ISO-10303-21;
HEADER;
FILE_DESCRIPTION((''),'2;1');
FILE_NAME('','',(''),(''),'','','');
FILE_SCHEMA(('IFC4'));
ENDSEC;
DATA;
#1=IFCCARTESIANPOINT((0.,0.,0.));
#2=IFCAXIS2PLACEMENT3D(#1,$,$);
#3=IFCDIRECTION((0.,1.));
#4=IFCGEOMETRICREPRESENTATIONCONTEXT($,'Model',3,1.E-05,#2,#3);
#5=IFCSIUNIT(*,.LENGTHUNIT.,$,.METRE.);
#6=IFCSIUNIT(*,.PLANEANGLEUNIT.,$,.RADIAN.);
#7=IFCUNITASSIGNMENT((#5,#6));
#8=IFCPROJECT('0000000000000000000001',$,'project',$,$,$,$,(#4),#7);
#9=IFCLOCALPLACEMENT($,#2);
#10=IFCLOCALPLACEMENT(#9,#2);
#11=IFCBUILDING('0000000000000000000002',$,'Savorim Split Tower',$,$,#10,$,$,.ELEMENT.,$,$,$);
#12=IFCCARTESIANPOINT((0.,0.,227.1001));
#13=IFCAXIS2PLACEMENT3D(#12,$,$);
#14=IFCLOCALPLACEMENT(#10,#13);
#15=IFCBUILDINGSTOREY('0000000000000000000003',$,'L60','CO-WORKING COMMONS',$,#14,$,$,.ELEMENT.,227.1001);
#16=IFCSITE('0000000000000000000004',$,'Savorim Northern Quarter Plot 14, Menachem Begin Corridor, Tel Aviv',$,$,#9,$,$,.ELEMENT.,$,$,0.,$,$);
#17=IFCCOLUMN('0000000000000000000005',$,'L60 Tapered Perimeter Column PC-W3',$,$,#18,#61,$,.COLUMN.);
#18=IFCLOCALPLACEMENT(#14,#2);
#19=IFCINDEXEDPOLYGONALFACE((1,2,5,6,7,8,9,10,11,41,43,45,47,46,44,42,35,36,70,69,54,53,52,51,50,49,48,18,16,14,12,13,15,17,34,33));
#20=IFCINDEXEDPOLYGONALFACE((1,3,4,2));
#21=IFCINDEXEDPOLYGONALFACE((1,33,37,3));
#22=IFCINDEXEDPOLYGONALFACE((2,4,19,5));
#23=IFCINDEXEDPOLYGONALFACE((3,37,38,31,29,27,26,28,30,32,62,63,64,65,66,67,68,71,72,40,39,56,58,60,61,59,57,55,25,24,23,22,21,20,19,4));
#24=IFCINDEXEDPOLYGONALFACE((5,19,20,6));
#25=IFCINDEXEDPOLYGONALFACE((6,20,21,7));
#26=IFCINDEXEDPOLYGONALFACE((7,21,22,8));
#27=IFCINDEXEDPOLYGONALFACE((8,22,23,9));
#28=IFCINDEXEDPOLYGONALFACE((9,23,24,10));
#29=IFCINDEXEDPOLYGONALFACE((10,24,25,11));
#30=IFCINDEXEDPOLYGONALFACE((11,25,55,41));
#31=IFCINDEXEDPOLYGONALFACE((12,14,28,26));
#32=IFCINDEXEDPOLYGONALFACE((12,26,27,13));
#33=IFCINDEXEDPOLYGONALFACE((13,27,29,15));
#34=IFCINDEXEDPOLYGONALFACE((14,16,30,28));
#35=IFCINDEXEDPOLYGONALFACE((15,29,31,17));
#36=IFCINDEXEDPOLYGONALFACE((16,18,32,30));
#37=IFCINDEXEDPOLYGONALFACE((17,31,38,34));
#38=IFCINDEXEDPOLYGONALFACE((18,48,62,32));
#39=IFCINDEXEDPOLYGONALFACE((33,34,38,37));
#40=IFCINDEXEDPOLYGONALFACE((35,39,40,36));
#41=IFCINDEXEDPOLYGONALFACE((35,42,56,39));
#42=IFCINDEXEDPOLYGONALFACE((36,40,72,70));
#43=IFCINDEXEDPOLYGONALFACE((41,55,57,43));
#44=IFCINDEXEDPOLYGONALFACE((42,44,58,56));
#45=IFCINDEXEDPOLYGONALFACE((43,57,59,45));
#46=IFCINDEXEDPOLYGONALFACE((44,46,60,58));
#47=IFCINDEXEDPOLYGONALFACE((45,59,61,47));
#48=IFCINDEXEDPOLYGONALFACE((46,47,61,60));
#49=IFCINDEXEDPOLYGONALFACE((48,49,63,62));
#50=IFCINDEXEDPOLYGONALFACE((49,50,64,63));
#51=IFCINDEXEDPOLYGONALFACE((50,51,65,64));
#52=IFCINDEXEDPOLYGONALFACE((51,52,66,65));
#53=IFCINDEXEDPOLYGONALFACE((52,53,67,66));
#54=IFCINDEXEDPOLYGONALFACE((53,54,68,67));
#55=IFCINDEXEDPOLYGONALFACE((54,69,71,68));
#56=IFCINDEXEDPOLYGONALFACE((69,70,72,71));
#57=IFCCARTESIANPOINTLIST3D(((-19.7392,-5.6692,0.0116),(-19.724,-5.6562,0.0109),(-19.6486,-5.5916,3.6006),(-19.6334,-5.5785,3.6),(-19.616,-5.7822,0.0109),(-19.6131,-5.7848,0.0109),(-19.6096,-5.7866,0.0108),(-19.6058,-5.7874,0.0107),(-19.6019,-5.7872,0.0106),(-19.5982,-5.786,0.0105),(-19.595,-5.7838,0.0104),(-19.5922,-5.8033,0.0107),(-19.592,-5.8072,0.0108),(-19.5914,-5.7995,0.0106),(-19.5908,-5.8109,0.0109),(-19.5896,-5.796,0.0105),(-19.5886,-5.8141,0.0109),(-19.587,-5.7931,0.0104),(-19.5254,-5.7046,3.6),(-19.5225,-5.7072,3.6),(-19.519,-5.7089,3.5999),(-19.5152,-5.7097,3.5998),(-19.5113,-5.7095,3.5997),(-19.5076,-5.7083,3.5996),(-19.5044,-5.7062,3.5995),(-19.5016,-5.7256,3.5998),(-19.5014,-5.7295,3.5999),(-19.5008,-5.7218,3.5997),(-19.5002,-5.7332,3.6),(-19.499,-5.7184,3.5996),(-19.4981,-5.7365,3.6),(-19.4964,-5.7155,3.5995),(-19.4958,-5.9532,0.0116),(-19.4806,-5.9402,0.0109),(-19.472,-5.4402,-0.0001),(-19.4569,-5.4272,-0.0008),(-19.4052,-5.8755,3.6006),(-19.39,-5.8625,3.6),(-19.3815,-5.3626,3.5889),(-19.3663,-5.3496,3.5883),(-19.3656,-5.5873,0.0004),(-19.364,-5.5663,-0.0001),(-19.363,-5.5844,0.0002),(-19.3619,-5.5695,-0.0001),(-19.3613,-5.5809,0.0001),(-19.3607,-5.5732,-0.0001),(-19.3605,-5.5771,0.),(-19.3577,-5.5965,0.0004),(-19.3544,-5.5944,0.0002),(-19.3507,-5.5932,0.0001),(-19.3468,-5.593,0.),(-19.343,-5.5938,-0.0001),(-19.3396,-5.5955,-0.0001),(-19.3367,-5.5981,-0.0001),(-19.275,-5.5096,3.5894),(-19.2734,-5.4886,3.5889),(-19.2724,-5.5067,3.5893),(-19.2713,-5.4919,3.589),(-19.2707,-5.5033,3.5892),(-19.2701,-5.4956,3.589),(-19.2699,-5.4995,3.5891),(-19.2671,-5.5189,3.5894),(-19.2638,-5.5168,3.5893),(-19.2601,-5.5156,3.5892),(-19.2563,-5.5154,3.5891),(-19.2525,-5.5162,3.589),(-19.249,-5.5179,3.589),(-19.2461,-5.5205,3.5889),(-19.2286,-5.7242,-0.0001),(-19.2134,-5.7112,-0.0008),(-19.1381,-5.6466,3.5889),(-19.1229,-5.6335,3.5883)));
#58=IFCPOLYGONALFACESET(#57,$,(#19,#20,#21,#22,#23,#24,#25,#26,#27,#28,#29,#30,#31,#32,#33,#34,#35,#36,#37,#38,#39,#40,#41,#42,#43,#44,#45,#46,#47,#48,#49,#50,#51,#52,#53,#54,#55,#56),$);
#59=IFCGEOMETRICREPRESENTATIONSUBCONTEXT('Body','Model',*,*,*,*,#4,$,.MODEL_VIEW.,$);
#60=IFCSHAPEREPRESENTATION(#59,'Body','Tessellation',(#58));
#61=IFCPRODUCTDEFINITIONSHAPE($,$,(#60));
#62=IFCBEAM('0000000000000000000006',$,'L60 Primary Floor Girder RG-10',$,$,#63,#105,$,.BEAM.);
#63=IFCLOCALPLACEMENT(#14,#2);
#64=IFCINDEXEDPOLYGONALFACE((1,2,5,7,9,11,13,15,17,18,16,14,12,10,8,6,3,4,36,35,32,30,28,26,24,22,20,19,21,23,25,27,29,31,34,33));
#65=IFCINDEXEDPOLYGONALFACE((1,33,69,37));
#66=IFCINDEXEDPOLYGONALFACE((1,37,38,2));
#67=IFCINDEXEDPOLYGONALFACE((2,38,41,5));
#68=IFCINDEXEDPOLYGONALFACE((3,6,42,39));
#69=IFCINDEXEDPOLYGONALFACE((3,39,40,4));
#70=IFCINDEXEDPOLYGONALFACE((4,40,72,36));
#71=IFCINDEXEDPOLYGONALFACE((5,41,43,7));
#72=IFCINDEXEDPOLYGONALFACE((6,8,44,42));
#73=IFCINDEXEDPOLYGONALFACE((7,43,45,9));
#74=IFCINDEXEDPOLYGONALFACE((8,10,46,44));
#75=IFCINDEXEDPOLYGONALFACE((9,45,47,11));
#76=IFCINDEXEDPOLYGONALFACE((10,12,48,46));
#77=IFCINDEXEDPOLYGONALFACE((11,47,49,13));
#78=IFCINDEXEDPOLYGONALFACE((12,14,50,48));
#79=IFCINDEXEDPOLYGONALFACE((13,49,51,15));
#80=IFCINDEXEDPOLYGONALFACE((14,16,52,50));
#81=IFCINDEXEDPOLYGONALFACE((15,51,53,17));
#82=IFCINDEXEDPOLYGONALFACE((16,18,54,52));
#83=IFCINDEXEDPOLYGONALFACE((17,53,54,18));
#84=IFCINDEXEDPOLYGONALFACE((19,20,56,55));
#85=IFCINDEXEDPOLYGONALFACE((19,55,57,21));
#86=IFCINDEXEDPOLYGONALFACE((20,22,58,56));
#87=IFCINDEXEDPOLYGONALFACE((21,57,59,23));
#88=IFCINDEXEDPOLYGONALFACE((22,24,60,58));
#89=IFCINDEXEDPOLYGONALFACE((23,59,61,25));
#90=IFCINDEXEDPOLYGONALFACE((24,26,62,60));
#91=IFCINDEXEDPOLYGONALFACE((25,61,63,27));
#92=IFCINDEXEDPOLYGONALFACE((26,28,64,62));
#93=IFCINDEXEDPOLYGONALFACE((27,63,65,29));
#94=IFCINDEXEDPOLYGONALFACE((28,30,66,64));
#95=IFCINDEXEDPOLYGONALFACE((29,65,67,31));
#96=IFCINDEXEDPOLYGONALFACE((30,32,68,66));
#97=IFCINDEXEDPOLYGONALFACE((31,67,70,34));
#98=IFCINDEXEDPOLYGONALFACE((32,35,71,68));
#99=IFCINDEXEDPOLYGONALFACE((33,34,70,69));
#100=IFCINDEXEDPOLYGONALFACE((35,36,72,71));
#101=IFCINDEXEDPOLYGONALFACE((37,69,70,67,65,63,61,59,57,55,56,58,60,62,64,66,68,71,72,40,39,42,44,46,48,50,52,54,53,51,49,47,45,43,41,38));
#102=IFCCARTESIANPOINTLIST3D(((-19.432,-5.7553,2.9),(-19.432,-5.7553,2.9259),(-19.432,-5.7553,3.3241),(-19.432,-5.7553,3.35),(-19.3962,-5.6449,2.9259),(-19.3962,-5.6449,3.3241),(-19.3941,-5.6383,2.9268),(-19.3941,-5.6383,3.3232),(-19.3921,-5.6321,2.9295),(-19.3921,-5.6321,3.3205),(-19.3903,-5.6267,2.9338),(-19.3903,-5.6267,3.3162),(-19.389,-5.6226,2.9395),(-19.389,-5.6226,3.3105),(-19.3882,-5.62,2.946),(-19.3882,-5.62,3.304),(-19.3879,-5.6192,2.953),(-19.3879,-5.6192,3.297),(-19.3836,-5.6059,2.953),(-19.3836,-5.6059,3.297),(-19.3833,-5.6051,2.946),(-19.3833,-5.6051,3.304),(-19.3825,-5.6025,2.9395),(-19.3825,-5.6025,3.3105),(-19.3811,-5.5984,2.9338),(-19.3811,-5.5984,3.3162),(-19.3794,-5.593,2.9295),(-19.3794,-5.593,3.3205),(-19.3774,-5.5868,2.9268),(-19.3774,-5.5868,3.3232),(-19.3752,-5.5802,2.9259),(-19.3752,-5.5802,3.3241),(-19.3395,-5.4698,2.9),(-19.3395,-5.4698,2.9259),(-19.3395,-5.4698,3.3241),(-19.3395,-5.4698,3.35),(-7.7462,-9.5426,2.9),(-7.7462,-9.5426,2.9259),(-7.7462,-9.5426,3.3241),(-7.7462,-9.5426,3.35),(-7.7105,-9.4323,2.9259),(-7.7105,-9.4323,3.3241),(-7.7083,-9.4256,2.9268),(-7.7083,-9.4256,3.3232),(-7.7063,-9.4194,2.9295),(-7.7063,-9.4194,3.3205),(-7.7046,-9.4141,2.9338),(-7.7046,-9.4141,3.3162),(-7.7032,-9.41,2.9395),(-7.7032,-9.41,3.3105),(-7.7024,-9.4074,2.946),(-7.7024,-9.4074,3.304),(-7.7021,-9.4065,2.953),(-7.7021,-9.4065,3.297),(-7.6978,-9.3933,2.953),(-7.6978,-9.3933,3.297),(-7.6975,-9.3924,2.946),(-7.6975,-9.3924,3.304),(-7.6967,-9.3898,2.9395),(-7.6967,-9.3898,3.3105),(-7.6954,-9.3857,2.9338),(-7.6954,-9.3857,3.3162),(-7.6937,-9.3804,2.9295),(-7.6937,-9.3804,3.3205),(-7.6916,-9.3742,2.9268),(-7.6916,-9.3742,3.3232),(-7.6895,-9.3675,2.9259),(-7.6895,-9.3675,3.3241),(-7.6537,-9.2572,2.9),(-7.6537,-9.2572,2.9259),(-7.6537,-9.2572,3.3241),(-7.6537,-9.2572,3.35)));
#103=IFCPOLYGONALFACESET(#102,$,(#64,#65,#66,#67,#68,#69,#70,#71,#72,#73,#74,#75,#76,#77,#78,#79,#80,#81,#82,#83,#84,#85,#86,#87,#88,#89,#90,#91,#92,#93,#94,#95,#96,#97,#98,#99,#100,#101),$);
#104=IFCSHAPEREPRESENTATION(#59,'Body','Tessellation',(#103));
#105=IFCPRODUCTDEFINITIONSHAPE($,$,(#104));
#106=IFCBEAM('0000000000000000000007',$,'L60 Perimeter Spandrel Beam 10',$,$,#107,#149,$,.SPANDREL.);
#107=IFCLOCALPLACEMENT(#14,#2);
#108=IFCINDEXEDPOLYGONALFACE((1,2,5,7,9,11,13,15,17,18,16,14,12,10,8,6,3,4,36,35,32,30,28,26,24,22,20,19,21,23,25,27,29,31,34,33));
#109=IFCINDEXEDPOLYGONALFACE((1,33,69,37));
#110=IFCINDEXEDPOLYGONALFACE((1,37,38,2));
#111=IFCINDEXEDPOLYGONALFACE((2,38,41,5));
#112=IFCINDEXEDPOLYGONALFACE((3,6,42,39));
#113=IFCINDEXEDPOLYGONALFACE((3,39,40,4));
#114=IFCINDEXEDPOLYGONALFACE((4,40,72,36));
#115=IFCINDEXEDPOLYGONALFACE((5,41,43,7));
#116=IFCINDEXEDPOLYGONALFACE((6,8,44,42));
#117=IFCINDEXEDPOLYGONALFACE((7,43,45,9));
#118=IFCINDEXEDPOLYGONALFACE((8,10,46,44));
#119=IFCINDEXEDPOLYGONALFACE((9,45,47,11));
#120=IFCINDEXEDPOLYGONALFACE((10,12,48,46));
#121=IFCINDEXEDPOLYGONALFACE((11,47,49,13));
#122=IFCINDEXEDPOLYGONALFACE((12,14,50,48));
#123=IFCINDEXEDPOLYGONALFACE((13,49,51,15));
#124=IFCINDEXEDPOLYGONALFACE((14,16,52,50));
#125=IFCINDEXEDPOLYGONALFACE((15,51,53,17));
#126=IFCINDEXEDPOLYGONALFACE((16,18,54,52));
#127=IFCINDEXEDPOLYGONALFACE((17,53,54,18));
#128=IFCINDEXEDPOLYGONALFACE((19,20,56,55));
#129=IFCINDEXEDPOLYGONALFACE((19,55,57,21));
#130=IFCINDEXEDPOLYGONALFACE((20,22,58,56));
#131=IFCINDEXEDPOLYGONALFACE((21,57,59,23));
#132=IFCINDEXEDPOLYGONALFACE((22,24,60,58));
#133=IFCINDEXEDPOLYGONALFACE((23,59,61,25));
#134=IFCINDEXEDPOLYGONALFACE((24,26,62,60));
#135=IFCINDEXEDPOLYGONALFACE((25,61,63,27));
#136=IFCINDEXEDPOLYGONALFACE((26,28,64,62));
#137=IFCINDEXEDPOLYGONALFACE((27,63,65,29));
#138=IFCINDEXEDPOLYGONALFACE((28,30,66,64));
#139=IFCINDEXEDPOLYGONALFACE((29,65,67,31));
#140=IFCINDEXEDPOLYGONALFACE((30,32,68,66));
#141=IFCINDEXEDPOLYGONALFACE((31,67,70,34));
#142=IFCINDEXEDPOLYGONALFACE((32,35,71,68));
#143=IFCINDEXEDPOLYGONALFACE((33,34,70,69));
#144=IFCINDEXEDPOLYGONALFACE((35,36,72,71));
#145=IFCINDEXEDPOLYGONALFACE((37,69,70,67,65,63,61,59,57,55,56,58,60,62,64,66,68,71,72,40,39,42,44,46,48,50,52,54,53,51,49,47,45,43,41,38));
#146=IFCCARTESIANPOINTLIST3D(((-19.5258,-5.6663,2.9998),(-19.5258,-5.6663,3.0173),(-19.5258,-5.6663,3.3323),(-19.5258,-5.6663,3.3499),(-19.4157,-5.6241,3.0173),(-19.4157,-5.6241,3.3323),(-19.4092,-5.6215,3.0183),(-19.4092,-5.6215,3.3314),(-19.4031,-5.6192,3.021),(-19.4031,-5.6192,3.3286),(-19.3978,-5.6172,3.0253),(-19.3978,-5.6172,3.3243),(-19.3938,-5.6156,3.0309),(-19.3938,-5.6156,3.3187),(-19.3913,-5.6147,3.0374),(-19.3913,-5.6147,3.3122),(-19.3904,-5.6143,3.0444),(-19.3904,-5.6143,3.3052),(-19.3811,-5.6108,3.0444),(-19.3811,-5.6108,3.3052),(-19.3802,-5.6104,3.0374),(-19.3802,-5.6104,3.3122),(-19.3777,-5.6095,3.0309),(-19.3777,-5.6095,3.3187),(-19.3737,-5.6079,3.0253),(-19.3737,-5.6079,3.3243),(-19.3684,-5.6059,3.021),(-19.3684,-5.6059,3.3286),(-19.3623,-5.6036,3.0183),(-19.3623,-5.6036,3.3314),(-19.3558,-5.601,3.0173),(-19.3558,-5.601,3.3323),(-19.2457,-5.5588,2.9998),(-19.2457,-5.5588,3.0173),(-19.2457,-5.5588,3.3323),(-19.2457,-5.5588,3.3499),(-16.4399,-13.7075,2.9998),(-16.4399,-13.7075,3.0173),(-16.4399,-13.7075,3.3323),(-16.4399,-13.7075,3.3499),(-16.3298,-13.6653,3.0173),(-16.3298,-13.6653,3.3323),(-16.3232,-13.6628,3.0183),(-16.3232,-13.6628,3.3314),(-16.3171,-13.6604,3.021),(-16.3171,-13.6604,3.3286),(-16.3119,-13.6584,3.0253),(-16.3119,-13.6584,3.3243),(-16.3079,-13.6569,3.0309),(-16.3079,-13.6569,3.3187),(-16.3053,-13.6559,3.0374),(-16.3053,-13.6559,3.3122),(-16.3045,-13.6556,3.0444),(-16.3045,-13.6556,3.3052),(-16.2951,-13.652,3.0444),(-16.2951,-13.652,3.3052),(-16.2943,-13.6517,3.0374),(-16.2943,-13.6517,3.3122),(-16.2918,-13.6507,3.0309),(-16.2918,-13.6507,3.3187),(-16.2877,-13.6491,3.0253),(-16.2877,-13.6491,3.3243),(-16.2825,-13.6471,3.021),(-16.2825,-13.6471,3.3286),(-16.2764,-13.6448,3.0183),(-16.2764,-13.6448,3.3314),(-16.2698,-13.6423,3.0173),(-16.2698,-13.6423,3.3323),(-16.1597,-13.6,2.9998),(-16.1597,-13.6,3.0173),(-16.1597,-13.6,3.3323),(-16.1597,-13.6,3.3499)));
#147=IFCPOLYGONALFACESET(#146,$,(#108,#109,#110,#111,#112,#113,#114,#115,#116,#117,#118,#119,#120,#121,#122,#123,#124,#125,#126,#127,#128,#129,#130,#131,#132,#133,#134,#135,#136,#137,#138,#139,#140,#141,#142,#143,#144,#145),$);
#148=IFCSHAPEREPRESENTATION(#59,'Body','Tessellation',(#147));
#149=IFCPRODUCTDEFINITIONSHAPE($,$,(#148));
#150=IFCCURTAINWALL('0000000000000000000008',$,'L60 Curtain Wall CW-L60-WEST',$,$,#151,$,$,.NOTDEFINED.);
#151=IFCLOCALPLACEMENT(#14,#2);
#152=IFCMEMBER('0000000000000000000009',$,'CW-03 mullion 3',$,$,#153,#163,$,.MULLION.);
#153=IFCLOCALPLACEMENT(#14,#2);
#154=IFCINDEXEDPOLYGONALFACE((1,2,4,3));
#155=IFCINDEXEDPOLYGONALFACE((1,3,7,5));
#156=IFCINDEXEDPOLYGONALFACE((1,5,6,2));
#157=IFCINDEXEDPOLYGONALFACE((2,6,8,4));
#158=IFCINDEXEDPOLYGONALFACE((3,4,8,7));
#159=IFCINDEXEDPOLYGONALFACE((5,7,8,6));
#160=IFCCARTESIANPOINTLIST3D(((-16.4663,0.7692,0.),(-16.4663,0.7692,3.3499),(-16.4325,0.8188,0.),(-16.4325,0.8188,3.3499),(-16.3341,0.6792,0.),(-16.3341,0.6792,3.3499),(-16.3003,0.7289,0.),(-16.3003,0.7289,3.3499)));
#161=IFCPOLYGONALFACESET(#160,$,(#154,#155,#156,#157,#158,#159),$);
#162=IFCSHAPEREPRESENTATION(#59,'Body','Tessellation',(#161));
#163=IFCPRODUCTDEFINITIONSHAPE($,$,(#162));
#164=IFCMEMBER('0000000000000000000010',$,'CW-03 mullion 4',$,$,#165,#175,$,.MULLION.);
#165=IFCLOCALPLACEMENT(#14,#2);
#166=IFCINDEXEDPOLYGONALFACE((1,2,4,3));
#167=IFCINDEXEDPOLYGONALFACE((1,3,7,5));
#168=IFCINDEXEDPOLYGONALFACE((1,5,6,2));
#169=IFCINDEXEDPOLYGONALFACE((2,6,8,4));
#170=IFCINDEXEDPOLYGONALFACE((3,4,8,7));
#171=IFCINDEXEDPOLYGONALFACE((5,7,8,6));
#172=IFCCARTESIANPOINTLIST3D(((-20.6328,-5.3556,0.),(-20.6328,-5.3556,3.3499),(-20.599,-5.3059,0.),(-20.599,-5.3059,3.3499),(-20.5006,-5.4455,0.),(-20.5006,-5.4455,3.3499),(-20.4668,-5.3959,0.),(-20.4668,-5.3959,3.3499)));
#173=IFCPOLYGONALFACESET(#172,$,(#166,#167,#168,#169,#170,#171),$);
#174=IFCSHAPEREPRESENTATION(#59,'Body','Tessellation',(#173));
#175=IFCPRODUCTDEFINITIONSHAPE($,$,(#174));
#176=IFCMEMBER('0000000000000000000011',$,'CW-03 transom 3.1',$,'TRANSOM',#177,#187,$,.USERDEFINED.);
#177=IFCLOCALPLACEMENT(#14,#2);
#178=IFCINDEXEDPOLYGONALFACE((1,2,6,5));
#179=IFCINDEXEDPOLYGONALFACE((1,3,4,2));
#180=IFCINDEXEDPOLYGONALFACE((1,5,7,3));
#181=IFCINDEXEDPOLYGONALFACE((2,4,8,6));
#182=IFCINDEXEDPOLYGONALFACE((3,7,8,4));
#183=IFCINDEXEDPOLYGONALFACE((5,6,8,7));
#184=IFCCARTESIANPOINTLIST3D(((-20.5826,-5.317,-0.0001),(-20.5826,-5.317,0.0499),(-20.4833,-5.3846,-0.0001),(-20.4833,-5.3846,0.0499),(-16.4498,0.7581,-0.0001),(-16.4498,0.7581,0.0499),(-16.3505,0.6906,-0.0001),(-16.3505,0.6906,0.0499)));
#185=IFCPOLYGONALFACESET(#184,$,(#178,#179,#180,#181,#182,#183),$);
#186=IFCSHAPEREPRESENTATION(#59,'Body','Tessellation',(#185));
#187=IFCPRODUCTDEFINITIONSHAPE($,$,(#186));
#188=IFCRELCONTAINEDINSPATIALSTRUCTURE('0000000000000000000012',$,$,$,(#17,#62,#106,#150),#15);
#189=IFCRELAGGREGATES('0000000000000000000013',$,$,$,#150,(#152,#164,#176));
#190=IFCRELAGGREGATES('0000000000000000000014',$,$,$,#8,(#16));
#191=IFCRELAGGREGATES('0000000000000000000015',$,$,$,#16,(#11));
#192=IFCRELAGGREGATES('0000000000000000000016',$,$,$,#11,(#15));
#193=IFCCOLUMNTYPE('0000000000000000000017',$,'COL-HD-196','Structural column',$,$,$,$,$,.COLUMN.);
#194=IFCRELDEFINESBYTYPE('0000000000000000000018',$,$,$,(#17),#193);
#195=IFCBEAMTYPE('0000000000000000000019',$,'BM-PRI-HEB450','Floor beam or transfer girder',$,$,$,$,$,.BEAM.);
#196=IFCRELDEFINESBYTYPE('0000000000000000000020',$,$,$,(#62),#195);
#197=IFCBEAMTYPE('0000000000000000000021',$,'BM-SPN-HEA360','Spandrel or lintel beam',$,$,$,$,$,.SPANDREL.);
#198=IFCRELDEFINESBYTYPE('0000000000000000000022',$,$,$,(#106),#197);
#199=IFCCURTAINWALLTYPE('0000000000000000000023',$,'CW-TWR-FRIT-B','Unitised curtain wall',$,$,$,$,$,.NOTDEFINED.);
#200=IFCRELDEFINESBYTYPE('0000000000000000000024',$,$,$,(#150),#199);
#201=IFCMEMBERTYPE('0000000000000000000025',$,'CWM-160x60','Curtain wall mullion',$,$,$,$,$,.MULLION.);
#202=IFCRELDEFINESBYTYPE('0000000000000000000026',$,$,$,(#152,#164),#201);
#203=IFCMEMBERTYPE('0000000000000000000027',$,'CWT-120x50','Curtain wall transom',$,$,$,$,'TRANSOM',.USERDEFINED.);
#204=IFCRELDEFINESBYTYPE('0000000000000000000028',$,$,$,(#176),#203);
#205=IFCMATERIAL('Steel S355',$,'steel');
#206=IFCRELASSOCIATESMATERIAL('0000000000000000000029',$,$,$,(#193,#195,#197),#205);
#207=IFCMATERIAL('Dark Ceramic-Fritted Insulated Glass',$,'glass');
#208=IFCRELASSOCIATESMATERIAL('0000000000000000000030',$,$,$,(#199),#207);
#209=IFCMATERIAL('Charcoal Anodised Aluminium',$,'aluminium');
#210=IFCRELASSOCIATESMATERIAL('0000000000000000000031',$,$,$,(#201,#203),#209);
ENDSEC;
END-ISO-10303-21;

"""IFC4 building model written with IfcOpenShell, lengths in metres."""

from ifc_helpers import new_model, si_unit, direction, frame, origin, origin_2d, place, context, subcontext, project, spatial, rectangle, i_section, extrude, material, material_profile, profile_set, type_object, element, aggregate, save


model = new_model("IFC4")

# Units and contexts
model_context = context("Model", 3, precision=1e-05, world=origin(), true_north=direction((0.0, 1.0)))
body_context = subcontext(model_context, "Body", "Model", "MODEL_VIEW")
ifc_project = project(units=[si_unit("LENGTHUNIT", "METRE"), si_unit("PLANEANGLEUNIT", "RADIAN")], contexts=[model_context])

# Site, building, storey
site_placement = place(None, origin())
site = spatial("IfcSite", under=ifc_project, at=site_placement, Name="Savorim Northern Quarter Plot 14, Menachem Begin Corridor, Tel Aviv", CompositionType="ELEMENT", RefElevation=0.0)
building_placement = place(site_placement, origin())
building = spatial("IfcBuilding", under=site, at=building_placement, Name="Savorim Split Tower", CompositionType="ELEMENT")
storey_placement = place(building_placement, frame((0.0, 0.0, 227.1001)))
storey = spatial("IfcBuildingStorey", under=building, at=storey_placement, Name="L60", Description="CO-WORKING COMMONS", CompositionType="ELEMENT", Elevation=227.1001)

# Column
ifc_material_1 = material(Name="Steel S355", Category="steel")
ifc_material_profile_1 = material_profile(ifc_material_1, i_section(OverallWidth=0.374, OverallDepth=0.3721, WebThickness=0.0122, FlangeThickness=0.02, FilletRadius=0.0149, at=origin_2d()), Name="HD 360x196")
ifc_profile_set_1 = profile_set([ifc_material_profile_1], Name="Steel S355")
column_type = type_object("IfcColumnType", Name="COL-HD-196", Description="Structural column", PredefinedType="COLUMN", material=ifc_profile_set_1)
column_placement = place(storey_placement, frame((-19.4763, -5.6902, 0.0054), z_axis=(0.025222, 0.021619, 0.999448), x_axis=(-0.650791, 0.759257, 0.0)))
element("IfcColumn", 1, at=column_placement, inside=storey, type_object=column_type, Name="L60 Tapered Perimeter Column PC-W3", PredefinedType="COLUMN", context=body_context, shape_type="SweptSolid", body=[
    extrude(i_section(OverallWidth=0.374, OverallDepth=0.3721, WebThickness=0.0122, FlangeThickness=0.02, FilletRadius=0.0149, at=origin_2d()), origin(), (0.0, 0.0, 1.0), 3.5911),
])

# Beams
ifc_material_profile_2 = material_profile(ifc_material_1, i_section(OverallWidth=0.3, OverallDepth=0.45, WebThickness=0.0139, FlangeThickness=0.0259, FilletRadius=0.0271, at=origin_2d()), Name="HEB 450")
ifc_profile_set_2 = profile_set([ifc_material_profile_2], Name="Steel S355")
beam_type_1 = type_object("IfcBeamType", Name="BM-PRI-HEB450", Description="Floor beam or transfer girder", PredefinedType="BEAM", material=ifc_profile_set_2)
beam_1_placement = place(storey_placement, frame((-19.3857, -5.6125, 3.125), z_axis=(0.951286, -0.308311, 0.0), x_axis=(0.308311, 0.951286, 0.0)))
element("IfcBeam", 2, at=beam_1_placement, inside=storey, type_object=beam_type_1, Name="L60 Primary Floor Girder RG-10", PredefinedType="BEAM", context=body_context, shape_type="SweptSolid", body=[
    extrude(i_section(OverallWidth=0.3, OverallDepth=0.45, WebThickness=0.0139, FlangeThickness=0.0259, FilletRadius=0.0271, at=origin_2d()), origin(), (0.0, 0.0, 1.0), 12.2842),
])
ifc_material_profile_3 = material_profile(ifc_material_1, i_section(OverallWidth=0.3, OverallDepth=0.3501, WebThickness=0.01, FlangeThickness=0.0176, FilletRadius=0.0271, at=origin_2d()), Name="HEA 360")
ifc_profile_set_3 = profile_set([ifc_material_profile_3], Name="Steel S355")
beam_type_2 = type_object("IfcBeamType", Name="BM-SPN-HEA360", Description="Spandrel or lintel beam", PredefinedType="SPANDREL", material=ifc_profile_set_3)
beam_2_placement = place(storey_placement, frame((-19.3857, -5.6125, 3.1748), z_axis=(0.358286, -0.933612, 0.0), x_axis=(0.933612, 0.358286, 0.0)))
element("IfcBeam", 3, at=beam_2_placement, inside=storey, type_object=beam_type_2, Name="L60 Perimeter Spandrel Beam 10", PredefinedType="SPANDREL", context=body_context, shape_type="SweptSolid", body=[
    extrude(i_section(OverallWidth=0.3, OverallDepth=0.3501, WebThickness=0.01, FlangeThickness=0.0176, FilletRadius=0.0271, at=origin_2d()), origin(), (0.0, 0.0, 1.0), 8.613),
])

# Curtain wall, members
ifc_material_2 = material(Name="Dark Ceramic-Fritted Insulated Glass", Category="glass")
curtain_wall_type = type_object("IfcCurtainWallType", Name="CW-TWR-FRIT-B", Description="Unitised curtain wall", PredefinedType="NOTDEFINED", material=ifc_material_2)
curtain_wall_placement = place(storey_placement, origin())
curtain_wall = element("IfcCurtainWall", 4, at=curtain_wall_placement, inside=storey, type_object=curtain_wall_type, Name="L60 Curtain Wall CW-L60-WEST", PredefinedType="NOTDEFINED")
ifc_material_3 = material(Name="Charcoal Anodised Aluminium", Category="aluminium")
ifc_material_profile_4 = material_profile(ifc_material_3, rectangle(XDim=0.1599, YDim=0.0601, at=origin_2d()), Name="ALU-M 160x60")
ifc_profile_set_4 = profile_set([ifc_material_profile_4], Name="Charcoal Anodised Aluminium")
member_type_1 = type_object("IfcMemberType", Name="CWM-160x60", Description="Curtain wall mullion", PredefinedType="MULLION", material=ifc_profile_set_4)
member_1_placement = place(storey_placement, frame((-16.3833, 0.749, 0.0), z_axis=(0.0, 0.0, 1.0), x_axis=(0.82682, -0.562467, 0.0)))
member_1 = element("IfcMember", 5, at=member_1_placement, type_object=member_type_1, Name="CW-03 mullion 3", PredefinedType="MULLION", context=body_context, shape_type="SweptSolid", body=[
    extrude(rectangle(XDim=0.1599, YDim=0.0601, at=origin_2d()), origin(), (0.0, 0.0, 1.0), 3.3499),
])
member_2_placement = place(storey_placement, frame((-20.5498, -5.3757, 0.0), z_axis=(0.0, 0.0, 1.0), x_axis=(0.82682, -0.562467, 0.0)))
member_2 = element("IfcMember", 6, at=member_2_placement, type_object=member_type_1, Name="CW-03 mullion 4", PredefinedType="MULLION", context=body_context, shape_type="SweptSolid", body=[
    extrude(rectangle(XDim=0.1599, YDim=0.0601, at=origin_2d()), origin(), (0.0, 0.0, 1.0), 3.3499),
])
ifc_material_profile_5 = material_profile(ifc_material_3, rectangle(XDim=0.1201, YDim=0.05, at=origin_2d()), Name="ALU-T 120x50")
ifc_profile_set_5 = profile_set([ifc_material_profile_5], Name="Charcoal Anodised Aluminium")
member_type_2 = type_object("IfcMemberType", Name="CWT-120x50", Description="Curtain wall transom", ElementType="TRANSOM", PredefinedType="USERDEFINED", material=ifc_profile_set_5)
member_3_placement = place(storey_placement, frame((-16.4001, 0.7244, 0.0249), z_axis=(-0.562466, -0.82682, 0.0), x_axis=(0.82682, -0.562466, 0.0)))
member_3 = element("IfcMember", 7, at=member_3_placement, type_object=member_type_2, Name="CW-03 transom 3.1", ObjectType="TRANSOM", PredefinedType="USERDEFINED", context=body_context, shape_type="SweptSolid", body=[
    extrude(rectangle(XDim=0.1201, YDim=0.05, at=origin_2d()), origin(), (0.0, 0.0, 1.0), 7.3477),
])
aggregate(curtain_wall, [member_1, member_2, member_3])

save(model, "model.ifc")
